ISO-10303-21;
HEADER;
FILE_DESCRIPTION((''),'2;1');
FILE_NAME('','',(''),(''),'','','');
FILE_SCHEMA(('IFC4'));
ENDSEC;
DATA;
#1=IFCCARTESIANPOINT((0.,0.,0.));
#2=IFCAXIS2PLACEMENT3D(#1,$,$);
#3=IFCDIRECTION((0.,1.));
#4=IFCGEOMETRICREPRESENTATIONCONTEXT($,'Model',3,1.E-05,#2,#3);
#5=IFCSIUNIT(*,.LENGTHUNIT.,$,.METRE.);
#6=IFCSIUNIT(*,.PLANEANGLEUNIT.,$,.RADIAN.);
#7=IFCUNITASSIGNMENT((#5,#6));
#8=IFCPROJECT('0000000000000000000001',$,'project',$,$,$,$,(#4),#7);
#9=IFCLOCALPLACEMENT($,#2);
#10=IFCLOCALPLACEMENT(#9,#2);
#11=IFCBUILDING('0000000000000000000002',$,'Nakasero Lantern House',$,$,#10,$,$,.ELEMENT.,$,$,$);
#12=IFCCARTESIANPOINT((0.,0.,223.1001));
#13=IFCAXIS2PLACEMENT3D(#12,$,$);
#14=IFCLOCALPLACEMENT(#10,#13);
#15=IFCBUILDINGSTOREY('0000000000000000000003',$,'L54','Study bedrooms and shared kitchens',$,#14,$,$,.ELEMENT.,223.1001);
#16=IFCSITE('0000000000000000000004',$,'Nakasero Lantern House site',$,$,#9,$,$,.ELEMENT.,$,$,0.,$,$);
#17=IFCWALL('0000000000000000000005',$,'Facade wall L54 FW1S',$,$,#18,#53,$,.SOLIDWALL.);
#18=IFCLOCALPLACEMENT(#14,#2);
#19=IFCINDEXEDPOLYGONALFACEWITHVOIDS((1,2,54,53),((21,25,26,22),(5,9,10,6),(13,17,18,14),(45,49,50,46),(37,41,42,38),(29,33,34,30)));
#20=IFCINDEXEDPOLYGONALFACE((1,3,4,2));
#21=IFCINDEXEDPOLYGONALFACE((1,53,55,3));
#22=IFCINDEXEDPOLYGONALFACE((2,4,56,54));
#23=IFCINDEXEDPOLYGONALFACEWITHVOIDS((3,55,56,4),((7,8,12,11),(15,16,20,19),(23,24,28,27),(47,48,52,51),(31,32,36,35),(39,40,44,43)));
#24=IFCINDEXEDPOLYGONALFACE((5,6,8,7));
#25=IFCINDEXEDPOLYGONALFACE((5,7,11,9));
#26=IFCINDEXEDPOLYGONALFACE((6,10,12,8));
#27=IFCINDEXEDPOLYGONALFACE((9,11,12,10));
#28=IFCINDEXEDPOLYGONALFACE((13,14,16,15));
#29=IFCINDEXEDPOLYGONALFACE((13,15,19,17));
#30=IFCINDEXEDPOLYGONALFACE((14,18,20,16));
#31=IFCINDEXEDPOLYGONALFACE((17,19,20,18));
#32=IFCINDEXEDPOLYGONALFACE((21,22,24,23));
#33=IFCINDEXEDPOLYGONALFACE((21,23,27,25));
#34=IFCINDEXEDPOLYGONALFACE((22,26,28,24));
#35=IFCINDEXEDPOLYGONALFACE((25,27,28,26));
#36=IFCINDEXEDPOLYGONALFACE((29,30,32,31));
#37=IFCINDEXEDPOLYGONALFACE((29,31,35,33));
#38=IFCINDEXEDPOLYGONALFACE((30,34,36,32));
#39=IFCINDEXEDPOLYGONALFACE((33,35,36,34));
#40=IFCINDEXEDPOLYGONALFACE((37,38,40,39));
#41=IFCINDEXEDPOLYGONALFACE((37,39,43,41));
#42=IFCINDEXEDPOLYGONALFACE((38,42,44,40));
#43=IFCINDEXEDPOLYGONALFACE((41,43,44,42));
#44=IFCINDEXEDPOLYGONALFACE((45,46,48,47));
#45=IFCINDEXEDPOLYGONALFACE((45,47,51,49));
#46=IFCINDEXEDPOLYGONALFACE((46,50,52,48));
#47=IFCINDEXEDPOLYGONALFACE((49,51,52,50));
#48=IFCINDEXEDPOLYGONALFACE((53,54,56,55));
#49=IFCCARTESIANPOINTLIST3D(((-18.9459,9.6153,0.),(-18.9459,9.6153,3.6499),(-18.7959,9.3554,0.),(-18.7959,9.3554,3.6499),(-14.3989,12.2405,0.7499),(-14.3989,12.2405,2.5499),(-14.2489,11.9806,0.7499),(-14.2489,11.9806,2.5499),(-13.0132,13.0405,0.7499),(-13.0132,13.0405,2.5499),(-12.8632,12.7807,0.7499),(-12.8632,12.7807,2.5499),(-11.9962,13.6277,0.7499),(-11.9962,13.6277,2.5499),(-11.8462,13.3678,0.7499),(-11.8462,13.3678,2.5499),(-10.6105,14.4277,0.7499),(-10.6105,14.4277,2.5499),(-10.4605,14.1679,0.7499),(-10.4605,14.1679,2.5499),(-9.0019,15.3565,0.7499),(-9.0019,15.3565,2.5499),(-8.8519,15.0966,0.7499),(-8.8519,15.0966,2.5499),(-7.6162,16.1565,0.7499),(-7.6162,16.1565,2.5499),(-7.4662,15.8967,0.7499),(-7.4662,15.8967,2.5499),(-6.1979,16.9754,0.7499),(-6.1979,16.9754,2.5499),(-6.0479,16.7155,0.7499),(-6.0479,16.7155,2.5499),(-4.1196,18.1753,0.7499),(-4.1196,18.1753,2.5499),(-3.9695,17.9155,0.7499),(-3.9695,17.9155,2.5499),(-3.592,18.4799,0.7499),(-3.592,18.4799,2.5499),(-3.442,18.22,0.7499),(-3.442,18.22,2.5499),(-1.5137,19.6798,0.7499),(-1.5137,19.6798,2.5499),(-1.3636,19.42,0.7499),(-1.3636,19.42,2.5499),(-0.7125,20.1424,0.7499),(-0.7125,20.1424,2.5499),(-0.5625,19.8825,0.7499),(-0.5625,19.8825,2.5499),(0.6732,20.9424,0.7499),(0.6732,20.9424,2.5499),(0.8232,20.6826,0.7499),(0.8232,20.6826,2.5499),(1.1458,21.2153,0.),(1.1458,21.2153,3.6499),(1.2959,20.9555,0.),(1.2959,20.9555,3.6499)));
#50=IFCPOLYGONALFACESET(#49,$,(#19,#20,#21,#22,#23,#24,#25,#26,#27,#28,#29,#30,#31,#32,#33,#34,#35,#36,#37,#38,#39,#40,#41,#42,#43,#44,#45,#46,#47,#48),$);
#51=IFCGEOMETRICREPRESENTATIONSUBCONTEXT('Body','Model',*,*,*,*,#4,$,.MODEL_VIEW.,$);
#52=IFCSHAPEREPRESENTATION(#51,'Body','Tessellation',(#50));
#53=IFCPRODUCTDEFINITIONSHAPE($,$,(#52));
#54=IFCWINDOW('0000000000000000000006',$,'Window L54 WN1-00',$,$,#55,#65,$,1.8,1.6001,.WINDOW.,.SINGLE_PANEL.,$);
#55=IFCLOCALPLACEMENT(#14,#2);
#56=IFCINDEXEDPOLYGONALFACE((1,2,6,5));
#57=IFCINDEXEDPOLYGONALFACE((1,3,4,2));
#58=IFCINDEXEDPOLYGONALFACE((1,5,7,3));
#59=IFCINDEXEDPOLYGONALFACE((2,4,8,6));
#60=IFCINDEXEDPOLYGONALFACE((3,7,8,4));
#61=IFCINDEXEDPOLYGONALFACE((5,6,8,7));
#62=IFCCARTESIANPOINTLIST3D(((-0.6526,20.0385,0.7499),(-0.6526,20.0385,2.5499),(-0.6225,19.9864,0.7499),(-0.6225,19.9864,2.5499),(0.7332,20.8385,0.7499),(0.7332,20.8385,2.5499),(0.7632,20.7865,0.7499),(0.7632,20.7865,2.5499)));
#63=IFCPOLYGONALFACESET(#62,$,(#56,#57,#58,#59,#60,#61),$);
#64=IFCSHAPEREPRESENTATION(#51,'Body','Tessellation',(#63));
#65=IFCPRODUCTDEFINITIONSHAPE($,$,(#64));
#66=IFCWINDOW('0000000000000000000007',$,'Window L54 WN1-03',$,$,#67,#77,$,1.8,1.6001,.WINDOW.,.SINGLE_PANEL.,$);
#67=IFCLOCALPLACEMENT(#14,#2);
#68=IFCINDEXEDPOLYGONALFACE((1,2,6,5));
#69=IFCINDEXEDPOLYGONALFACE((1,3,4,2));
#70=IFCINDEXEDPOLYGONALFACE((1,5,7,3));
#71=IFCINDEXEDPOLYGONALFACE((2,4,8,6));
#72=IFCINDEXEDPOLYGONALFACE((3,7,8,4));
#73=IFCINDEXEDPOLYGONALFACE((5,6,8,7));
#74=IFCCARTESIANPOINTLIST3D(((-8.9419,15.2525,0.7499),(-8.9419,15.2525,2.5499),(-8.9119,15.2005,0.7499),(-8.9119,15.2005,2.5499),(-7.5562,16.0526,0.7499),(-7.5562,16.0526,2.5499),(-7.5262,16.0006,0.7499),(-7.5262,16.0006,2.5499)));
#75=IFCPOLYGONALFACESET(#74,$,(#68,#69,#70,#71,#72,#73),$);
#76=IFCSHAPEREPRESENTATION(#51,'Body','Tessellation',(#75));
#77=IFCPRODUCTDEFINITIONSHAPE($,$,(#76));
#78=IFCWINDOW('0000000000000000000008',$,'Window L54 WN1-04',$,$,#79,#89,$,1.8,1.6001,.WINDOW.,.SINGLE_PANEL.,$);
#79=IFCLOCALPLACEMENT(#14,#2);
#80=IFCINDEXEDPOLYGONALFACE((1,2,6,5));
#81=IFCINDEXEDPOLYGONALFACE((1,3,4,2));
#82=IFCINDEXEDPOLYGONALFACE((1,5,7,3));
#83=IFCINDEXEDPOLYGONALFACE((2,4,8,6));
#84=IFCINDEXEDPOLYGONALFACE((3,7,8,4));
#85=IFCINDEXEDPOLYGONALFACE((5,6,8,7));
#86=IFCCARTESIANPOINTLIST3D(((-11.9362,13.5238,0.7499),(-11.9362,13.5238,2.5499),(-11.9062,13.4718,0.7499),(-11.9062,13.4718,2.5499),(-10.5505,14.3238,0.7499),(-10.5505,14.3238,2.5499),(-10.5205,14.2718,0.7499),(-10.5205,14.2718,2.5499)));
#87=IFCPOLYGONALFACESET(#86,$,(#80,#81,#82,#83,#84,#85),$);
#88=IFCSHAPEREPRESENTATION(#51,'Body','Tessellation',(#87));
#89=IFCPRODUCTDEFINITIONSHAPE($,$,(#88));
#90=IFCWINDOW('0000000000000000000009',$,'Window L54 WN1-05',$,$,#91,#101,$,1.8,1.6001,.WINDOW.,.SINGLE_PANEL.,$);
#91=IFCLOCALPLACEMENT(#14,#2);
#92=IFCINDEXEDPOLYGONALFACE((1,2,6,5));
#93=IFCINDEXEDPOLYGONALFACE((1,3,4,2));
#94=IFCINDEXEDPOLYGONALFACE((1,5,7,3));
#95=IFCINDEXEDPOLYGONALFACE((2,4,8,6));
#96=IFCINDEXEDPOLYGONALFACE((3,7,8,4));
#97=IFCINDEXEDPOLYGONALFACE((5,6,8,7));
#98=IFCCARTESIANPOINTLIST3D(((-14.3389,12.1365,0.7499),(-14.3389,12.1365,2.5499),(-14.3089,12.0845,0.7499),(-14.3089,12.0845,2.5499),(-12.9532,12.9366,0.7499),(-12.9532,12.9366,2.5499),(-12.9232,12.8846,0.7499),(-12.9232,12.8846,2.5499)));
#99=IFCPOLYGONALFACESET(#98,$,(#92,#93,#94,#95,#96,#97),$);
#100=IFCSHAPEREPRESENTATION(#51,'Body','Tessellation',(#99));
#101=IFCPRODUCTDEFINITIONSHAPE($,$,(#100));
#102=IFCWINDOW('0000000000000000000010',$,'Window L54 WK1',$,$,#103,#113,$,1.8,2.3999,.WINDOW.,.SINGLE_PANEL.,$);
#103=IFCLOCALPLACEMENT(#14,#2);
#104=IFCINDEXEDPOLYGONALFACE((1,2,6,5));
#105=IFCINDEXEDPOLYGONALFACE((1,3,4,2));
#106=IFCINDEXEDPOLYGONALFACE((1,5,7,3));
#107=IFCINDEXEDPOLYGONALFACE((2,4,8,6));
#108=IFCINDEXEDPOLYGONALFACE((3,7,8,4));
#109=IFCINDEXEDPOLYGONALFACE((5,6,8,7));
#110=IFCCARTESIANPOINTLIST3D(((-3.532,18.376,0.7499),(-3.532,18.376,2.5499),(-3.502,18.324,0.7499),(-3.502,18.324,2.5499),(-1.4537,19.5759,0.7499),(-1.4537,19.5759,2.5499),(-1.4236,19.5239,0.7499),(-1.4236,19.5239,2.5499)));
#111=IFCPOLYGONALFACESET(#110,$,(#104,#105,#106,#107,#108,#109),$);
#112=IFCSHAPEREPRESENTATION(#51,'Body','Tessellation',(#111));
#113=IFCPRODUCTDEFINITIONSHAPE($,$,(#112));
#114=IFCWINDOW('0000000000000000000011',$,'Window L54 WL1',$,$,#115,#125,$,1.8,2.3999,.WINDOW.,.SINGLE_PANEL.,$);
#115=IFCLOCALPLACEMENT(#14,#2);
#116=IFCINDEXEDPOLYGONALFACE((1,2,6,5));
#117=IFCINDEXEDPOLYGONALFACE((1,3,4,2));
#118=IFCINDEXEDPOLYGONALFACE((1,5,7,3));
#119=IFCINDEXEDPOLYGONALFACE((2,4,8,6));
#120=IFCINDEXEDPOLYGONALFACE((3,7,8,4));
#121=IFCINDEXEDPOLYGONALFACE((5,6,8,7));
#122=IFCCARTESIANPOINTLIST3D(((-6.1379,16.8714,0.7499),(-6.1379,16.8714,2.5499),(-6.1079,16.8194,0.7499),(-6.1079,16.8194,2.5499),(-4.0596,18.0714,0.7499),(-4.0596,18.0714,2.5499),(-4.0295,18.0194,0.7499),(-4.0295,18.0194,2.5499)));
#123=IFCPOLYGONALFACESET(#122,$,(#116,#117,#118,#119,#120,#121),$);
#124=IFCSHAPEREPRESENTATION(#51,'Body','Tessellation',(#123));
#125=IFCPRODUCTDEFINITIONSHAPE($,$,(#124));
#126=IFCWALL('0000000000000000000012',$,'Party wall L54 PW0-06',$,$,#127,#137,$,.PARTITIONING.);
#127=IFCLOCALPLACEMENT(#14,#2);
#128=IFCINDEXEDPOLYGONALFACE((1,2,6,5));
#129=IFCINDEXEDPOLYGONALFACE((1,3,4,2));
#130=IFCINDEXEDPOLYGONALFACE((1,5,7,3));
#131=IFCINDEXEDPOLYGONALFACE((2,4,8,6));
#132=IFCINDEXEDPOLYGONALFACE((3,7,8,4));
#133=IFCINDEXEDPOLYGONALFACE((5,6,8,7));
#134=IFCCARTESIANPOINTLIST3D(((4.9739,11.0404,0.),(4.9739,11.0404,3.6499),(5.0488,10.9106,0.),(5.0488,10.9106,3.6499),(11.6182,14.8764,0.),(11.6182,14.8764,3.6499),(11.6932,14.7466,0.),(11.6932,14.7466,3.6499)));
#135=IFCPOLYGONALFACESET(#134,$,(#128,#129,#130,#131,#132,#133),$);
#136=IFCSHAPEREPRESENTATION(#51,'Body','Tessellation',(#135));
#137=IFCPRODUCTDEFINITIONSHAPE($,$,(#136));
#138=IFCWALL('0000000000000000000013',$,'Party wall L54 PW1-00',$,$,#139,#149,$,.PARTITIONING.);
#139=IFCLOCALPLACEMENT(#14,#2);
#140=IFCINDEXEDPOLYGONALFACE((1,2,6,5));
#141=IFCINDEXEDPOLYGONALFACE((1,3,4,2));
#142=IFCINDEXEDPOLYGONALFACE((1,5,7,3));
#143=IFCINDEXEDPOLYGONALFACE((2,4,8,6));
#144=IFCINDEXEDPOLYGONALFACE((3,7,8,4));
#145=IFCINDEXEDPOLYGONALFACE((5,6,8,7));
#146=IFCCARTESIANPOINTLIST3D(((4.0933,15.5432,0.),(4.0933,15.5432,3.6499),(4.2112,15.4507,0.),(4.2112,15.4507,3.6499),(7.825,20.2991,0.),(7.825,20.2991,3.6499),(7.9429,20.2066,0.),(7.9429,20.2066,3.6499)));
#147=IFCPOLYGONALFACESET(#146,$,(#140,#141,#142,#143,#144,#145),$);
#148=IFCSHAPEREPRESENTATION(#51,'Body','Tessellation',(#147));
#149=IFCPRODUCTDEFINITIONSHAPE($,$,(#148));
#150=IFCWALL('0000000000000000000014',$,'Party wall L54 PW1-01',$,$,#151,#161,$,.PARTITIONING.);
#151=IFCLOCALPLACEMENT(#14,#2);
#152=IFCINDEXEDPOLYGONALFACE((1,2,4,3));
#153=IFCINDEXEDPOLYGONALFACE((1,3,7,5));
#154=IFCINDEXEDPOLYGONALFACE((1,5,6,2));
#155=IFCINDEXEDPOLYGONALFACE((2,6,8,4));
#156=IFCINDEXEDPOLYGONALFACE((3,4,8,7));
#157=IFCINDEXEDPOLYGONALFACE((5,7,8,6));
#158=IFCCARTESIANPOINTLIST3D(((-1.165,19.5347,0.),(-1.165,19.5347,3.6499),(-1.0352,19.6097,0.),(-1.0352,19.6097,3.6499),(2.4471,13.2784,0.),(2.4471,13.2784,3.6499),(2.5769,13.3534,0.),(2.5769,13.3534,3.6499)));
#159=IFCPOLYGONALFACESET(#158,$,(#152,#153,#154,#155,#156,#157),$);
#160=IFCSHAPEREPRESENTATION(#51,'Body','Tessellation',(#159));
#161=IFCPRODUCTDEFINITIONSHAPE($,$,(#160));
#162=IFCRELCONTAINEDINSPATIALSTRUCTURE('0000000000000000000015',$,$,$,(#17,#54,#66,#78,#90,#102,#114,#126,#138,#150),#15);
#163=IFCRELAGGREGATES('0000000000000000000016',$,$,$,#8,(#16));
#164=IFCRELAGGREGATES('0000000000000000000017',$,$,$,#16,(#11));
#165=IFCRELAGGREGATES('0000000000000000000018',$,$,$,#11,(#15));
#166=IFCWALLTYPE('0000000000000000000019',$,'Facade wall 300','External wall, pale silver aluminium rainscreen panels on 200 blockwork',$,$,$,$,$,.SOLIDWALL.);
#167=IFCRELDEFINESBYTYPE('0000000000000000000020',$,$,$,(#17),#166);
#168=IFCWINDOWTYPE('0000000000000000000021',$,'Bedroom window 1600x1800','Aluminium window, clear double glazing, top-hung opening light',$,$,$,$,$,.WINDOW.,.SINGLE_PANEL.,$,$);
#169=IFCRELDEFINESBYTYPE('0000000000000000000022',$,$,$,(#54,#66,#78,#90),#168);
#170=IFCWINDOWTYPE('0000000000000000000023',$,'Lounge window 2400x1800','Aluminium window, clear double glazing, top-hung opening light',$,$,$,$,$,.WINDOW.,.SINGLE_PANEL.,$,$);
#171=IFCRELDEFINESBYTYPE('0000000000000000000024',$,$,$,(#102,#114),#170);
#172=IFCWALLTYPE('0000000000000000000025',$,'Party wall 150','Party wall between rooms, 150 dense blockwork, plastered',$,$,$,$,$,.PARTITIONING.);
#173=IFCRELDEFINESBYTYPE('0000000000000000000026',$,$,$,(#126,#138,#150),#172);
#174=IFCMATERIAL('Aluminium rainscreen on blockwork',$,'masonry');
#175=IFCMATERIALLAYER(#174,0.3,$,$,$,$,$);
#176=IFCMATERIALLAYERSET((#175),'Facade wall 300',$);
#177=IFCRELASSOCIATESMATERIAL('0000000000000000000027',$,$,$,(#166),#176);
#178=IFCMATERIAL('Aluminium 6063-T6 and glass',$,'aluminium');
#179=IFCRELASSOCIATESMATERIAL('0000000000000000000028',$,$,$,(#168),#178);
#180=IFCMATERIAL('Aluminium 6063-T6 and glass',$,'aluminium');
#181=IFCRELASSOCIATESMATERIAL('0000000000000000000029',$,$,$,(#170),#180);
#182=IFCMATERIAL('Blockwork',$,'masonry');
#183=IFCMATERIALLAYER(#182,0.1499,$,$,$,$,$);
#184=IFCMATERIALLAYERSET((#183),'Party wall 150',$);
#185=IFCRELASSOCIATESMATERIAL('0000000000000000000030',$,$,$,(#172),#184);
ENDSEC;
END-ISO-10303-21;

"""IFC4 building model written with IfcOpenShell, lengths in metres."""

from ifc_helpers import new_model, si_unit, direction, frame, frame_2d, origin, place, context, subcontext, project, spatial, rectangle, extrude, material, layer, layer_set, type_object, element, fill, save


model = new_model("IFC4")

# Units and contexts
model_context = context("Model", 3, precision=1e-05, world=origin(), true_north=direction((0.0, 1.0)))
body_context = subcontext(model_context, "Body", "Model", "MODEL_VIEW")
ifc_project = project(units=[si_unit("LENGTHUNIT", "METRE"), si_unit("PLANEANGLEUNIT", "RADIAN")], contexts=[model_context])

# Site, building, storey
site_placement = place(None, origin())
site = spatial("IfcSite", under=ifc_project, at=site_placement, Name="Nakasero Lantern House site", CompositionType="ELEMENT", RefElevation=0.0)
building_placement = place(site_placement, origin())
building = spatial("IfcBuilding", under=site, at=building_placement, Name="Nakasero Lantern House", CompositionType="ELEMENT")
storey_placement = place(building_placement, frame((0.0, 0.0, 223.1001)))
storey = spatial("IfcBuildingStorey", under=building, at=storey_placement, Name="L54", Description="Study bedrooms and shared kitchens", CompositionType="ELEMENT", Elevation=223.1001)

# Shared definitions
ifc_material_1 = material(Name="Aluminium rainscreen on blockwork", Category="masonry")
ifc_layer_1 = layer(ifc_material_1, 0.3)
ifc_layer_set_1 = layer_set([ifc_layer_1], Name="Facade wall 300")
wall_type_1 = type_object("IfcWallType", Name="Facade wall 300", Description="External wall, pale silver aluminium rainscreen panels on 200 blockwork", PredefinedType="SOLIDWALL", material=ifc_layer_set_1)

# Wall, openings, windows
wall_1_placement = place(storey_placement, frame((1.2209, 21.0854, 0.0), z_axis=(0.0, 0.0, 1.0), x_axis=(-0.866024, -0.500003, 0.0)))
wall_1 = element("IfcWall", 1, at=wall_1_placement, inside=storey, type_object=wall_type_1, Name="Facade wall L54 FW1S", PredefinedType="SOLIDWALL", context=body_context, shape_type="SweptSolid", body=[
    extrude(rectangle(XDim=23.2, YDim=0.3, at=frame_2d((11.6001, 0.0))), origin(), (0.0, 0.0, 1.0), 3.6499),
])
opening_1_placement = place(wall_1_placement, frame((0.5459, 0.0, 0.75)))
opening_1 = element("IfcOpeningElement", 2, at=opening_1_placement, cuts=wall_1, PredefinedType="OPENING", context=body_context, shape_type="SweptSolid", body=[
    extrude(rectangle(XDim=1.6001, YDim=1.8, at=frame_2d((0.8, 0.8999))), frame((0.0, 0.1699, 0.0), z_axis=(0.0, -1.0, 0.0), x_axis=(1.0, 0.0, 0.0)), (0.0, 0.0, 1.0), 0.3401),
])
opening_2_placement = place(wall_1_placement, frame((10.1177, 0.0, 0.75)))
opening_2 = element("IfcOpeningElement", 3, at=opening_2_placement, cuts=wall_1, PredefinedType="OPENING", context=body_context, shape_type="SweptSolid", body=[
    extrude(rectangle(XDim=1.6001, YDim=1.8, at=frame_2d((0.8, 0.8999))), frame((0.0, 0.1699, 0.0), z_axis=(0.0, -1.0, 0.0), x_axis=(1.0, 0.0, 0.0)), (0.0, 0.0, 1.0), 0.3401),
])
opening_3_placement = place(wall_1_placement, frame((13.5752, 0.0, 0.75)))
opening_3 = element("IfcOpeningElement", 4, at=opening_3_placement, cuts=wall_1, PredefinedType="OPENING", context=body_context, shape_type="SweptSolid", body=[
    extrude(rectangle(XDim=1.6001, YDim=1.8, at=frame_2d((0.8, 0.8999))), frame((0.0, 0.1699, 0.0), z_axis=(0.0, -1.0, 0.0), x_axis=(1.0, 0.0, 0.0)), (0.0, 0.0, 1.0), 0.3401),
])
opening_4_placement = place(wall_1_placement, frame((16.3496, 0.0, 0.75)))
opening_4 = element("IfcOpeningElement", 5, at=opening_4_placement, cuts=wall_1, PredefinedType="OPENING", context=body_context, shape_type="SweptSolid", body=[
    extrude(rectangle(XDim=1.6001, YDim=1.8, at=frame_2d((0.8, 0.8999))), frame((0.0, 0.1699, 0.0), z_axis=(0.0, -1.0, 0.0), x_axis=(1.0, 0.0, 0.0)), (0.0, 0.0, 1.0), 0.3401),
])
opening_5_placement = place(wall_1_placement, frame((3.071, 0.0, 0.75)))
opening_5 = element("IfcOpeningElement", 6, at=opening_5_placement, cuts=wall_1, PredefinedType="OPENING", context=body_context, shape_type="SweptSolid", body=[
    extrude(rectangle(XDim=2.3999, YDim=1.8, at=frame_2d((1.2, 0.8999))), frame((0.0, 0.1699, 0.0), z_axis=(0.0, -1.0, 0.0), x_axis=(1.0, 0.0, 0.0)), (0.0, 0.0, 1.0), 0.3401),
])
opening_6_placement = place(wall_1_placement, frame((6.0801, 0.0, 0.75)))
opening_6 = element("IfcOpeningElement", 7, at=opening_6_placement, cuts=wall_1, PredefinedType="OPENING", context=body_context, shape_type="SweptSolid", body=[
    extrude(rectangle(XDim=2.3999, YDim=1.8, at=frame_2d((1.2, 0.8999))), frame((0.0, 0.1699, 0.0), z_axis=(0.0, -1.0, 0.0), x_axis=(1.0, 0.0, 0.0)), (0.0, 0.0, 1.0), 0.3401),
])
ifc_material_2 = material(Name="Aluminium 6063-T6 and glass", Category="aluminium")
window_type_1 = type_object("IfcWindowType", Name="Bedroom window 1600x1800", Description="Aluminium window, clear double glazing, top-hung opening light", PartitioningType="SINGLE_PANEL", PredefinedType="WINDOW", material=ifc_material_2)
window_1_placement = place(opening_1_placement, origin())
window_1 = element("IfcWindow", 8, at=window_1_placement, inside=storey, type_object=window_type_1, Name="Window L54 WN1-00", OverallHeight=1.8, OverallWidth=1.6001, PartitioningType="SINGLE_PANEL", PredefinedType="WINDOW", context=body_context, shape_type="SweptSolid", body=[
    extrude(rectangle(XDim=1.6001, YDim=1.8, at=frame_2d((0.8, 0.8999))), frame((0.0, 0.03, 0.0), z_axis=(0.0, -1.0, 0.0), x_axis=(1.0, 0.0, 0.0)), (0.0, 0.0, 1.0), 0.0601),
])
fill(opening_1, window_1)
window_2_placement = place(opening_2_placement, origin())
window_2 = element("IfcWindow", 9, at=window_2_placement, inside=storey, type_object=window_type_1, Name="Window L54 WN1-03", OverallHeight=1.8, OverallWidth=1.6001, PartitioningType="SINGLE_PANEL", PredefinedType="WINDOW", context=body_context, shape_type="SweptSolid", body=[
    extrude(rectangle(XDim=1.6001, YDim=1.8, at=frame_2d((0.8, 0.8999))), frame((0.0, 0.03, 0.0), z_axis=(0.0, -1.0, 0.0), x_axis=(1.0, 0.0, 0.0)), (0.0, 0.0, 1.0), 0.0601),
])
fill(opening_2, window_2)
window_3_placement = place(opening_3_placement, origin())
window_3 = element("IfcWindow", 10, at=window_3_placement, inside=storey, type_object=window_type_1, Name="Window L54 WN1-04", OverallHeight=1.8, OverallWidth=1.6001, PartitioningType="SINGLE_PANEL", PredefinedType="WINDOW", context=body_context, shape_type="SweptSolid", body=[
    extrude(rectangle(XDim=1.6001, YDim=1.8, at=frame_2d((0.8, 0.8999))), frame((0.0, 0.03, 0.0), z_axis=(0.0, -1.0, 0.0), x_axis=(1.0, 0.0, 0.0)), (0.0, 0.0, 1.0), 0.0601),
])
fill(opening_3, window_3)
window_4_placement = place(opening_4_placement, origin())
window_4 = element("IfcWindow", 11, at=window_4_placement, inside=storey, type_object=window_type_1, Name="Window L54 WN1-05", OverallHeight=1.8, OverallWidth=1.6001, PartitioningType="SINGLE_PANEL", PredefinedType="WINDOW", context=body_context, shape_type="SweptSolid", body=[
    extrude(rectangle(XDim=1.6001, YDim=1.8, at=frame_2d((0.8, 0.8999))), frame((0.0, 0.03, 0.0), z_axis=(0.0, -1.0, 0.0), x_axis=(1.0, 0.0, 0.0)), (0.0, 0.0, 1.0), 0.0601),
])
fill(opening_4, window_4)
ifc_material_3 = material(Name="Aluminium 6063-T6 and glass", Category="aluminium")
window_type_2 = type_object("IfcWindowType", Name="Lounge window 2400x1800", Description="Aluminium window, clear double glazing, top-hung opening light", PartitioningType="SINGLE_PANEL", PredefinedType="WINDOW", material=ifc_material_3)
window_5_placement = place(opening_5_placement, origin())
window_5 = element("IfcWindow", 12, at=window_5_placement, inside=storey, type_object=window_type_2, Name="Window L54 WK1", OverallHeight=1.8, OverallWidth=2.3999, PartitioningType="SINGLE_PANEL", PredefinedType="WINDOW", context=body_context, shape_type="SweptSolid", body=[
    extrude(rectangle(XDim=2.3999, YDim=1.8, at=frame_2d((1.2, 0.8999))), frame((0.0, 0.03, 0.0), z_axis=(0.0, -1.0, 0.0), x_axis=(1.0, 0.0, 0.0)), (0.0, 0.0, 1.0), 0.0601),
])
fill(opening_5, window_5)
window_6_placement = place(opening_6_placement, origin())
window_6 = element("IfcWindow", 13, at=window_6_placement, inside=storey, type_object=window_type_2, Name="Window L54 WL1", OverallHeight=1.8, OverallWidth=2.3999, PartitioningType="SINGLE_PANEL", PredefinedType="WINDOW", context=body_context, shape_type="SweptSolid", body=[
    extrude(rectangle(XDim=2.3999, YDim=1.8, at=frame_2d((1.2, 0.8999))), frame((0.0, 0.03, 0.0), z_axis=(0.0, -1.0, 0.0), x_axis=(1.0, 0.0, 0.0)), (0.0, 0.0, 1.0), 0.0601),
])
fill(opening_6, window_6)

# Walls
ifc_material_4 = material(Name="Blockwork", Category="masonry")
ifc_layer_2 = layer(ifc_material_4, 0.1499)
ifc_layer_set_2 = layer_set([ifc_layer_2], Name="Party wall 150")
wall_type_2 = type_object("IfcWallType", Name="Party wall 150", Description="Party wall between rooms, 150 dense blockwork, plastered", PredefinedType="PARTITIONING", material=ifc_layer_set_2)
wall_2_placement = place(storey_placement, frame((5.0115, 10.9756, 0.0), z_axis=(0.0, 0.0, 1.0), x_axis=(0.866034, 0.499986, 0.0)))
element("IfcWall", 14, at=wall_2_placement, inside=storey, type_object=wall_type_2, Name="Party wall L54 PW0-06", PredefinedType="PARTITIONING", context=body_context, shape_type="SweptSolid", body=[
    extrude(rectangle(XDim=7.6721, YDim=0.1499, at=frame_2d((3.8359, 0.0))), origin(), (0.0, 0.0, 1.0), 3.6499),
])
wall_3_placement = place(storey_placement, frame((4.1523, 15.4971, 0.0), z_axis=(0.0, 0.0, 1.0), x_axis=(0.617304, 0.786725, 0.0)))
element("IfcWall", 15, at=wall_3_placement, inside=storey, type_object=wall_type_2, Name="Party wall L54 PW1-00", PredefinedType="PARTITIONING", context=body_context, shape_type="SweptSolid", body=[
    extrude(rectangle(XDim=6.0452, YDim=0.1499, at=frame_2d((3.0225, 0.0))), origin(), (0.0, 0.0, 1.0), 3.6499),
])
wall_4_placement = place(storey_placement, frame((2.512, 13.3159, 0.0), z_axis=(0.0, 0.0, 1.0), x_axis=(-0.499995, 0.866028, 0.0)))
element("IfcWall", 16, at=wall_4_placement, inside=storey, type_object=wall_type_2, Name="Party wall L54 PW1-01", PredefinedType="PARTITIONING", context=body_context, shape_type="SweptSolid", body=[
    extrude(rectangle(XDim=7.2241, YDim=0.1499, at=frame_2d((3.6121, 0.0))), origin(), (0.0, 0.0, 1.0), 3.6499),
])

save(model, "model.ifc")
